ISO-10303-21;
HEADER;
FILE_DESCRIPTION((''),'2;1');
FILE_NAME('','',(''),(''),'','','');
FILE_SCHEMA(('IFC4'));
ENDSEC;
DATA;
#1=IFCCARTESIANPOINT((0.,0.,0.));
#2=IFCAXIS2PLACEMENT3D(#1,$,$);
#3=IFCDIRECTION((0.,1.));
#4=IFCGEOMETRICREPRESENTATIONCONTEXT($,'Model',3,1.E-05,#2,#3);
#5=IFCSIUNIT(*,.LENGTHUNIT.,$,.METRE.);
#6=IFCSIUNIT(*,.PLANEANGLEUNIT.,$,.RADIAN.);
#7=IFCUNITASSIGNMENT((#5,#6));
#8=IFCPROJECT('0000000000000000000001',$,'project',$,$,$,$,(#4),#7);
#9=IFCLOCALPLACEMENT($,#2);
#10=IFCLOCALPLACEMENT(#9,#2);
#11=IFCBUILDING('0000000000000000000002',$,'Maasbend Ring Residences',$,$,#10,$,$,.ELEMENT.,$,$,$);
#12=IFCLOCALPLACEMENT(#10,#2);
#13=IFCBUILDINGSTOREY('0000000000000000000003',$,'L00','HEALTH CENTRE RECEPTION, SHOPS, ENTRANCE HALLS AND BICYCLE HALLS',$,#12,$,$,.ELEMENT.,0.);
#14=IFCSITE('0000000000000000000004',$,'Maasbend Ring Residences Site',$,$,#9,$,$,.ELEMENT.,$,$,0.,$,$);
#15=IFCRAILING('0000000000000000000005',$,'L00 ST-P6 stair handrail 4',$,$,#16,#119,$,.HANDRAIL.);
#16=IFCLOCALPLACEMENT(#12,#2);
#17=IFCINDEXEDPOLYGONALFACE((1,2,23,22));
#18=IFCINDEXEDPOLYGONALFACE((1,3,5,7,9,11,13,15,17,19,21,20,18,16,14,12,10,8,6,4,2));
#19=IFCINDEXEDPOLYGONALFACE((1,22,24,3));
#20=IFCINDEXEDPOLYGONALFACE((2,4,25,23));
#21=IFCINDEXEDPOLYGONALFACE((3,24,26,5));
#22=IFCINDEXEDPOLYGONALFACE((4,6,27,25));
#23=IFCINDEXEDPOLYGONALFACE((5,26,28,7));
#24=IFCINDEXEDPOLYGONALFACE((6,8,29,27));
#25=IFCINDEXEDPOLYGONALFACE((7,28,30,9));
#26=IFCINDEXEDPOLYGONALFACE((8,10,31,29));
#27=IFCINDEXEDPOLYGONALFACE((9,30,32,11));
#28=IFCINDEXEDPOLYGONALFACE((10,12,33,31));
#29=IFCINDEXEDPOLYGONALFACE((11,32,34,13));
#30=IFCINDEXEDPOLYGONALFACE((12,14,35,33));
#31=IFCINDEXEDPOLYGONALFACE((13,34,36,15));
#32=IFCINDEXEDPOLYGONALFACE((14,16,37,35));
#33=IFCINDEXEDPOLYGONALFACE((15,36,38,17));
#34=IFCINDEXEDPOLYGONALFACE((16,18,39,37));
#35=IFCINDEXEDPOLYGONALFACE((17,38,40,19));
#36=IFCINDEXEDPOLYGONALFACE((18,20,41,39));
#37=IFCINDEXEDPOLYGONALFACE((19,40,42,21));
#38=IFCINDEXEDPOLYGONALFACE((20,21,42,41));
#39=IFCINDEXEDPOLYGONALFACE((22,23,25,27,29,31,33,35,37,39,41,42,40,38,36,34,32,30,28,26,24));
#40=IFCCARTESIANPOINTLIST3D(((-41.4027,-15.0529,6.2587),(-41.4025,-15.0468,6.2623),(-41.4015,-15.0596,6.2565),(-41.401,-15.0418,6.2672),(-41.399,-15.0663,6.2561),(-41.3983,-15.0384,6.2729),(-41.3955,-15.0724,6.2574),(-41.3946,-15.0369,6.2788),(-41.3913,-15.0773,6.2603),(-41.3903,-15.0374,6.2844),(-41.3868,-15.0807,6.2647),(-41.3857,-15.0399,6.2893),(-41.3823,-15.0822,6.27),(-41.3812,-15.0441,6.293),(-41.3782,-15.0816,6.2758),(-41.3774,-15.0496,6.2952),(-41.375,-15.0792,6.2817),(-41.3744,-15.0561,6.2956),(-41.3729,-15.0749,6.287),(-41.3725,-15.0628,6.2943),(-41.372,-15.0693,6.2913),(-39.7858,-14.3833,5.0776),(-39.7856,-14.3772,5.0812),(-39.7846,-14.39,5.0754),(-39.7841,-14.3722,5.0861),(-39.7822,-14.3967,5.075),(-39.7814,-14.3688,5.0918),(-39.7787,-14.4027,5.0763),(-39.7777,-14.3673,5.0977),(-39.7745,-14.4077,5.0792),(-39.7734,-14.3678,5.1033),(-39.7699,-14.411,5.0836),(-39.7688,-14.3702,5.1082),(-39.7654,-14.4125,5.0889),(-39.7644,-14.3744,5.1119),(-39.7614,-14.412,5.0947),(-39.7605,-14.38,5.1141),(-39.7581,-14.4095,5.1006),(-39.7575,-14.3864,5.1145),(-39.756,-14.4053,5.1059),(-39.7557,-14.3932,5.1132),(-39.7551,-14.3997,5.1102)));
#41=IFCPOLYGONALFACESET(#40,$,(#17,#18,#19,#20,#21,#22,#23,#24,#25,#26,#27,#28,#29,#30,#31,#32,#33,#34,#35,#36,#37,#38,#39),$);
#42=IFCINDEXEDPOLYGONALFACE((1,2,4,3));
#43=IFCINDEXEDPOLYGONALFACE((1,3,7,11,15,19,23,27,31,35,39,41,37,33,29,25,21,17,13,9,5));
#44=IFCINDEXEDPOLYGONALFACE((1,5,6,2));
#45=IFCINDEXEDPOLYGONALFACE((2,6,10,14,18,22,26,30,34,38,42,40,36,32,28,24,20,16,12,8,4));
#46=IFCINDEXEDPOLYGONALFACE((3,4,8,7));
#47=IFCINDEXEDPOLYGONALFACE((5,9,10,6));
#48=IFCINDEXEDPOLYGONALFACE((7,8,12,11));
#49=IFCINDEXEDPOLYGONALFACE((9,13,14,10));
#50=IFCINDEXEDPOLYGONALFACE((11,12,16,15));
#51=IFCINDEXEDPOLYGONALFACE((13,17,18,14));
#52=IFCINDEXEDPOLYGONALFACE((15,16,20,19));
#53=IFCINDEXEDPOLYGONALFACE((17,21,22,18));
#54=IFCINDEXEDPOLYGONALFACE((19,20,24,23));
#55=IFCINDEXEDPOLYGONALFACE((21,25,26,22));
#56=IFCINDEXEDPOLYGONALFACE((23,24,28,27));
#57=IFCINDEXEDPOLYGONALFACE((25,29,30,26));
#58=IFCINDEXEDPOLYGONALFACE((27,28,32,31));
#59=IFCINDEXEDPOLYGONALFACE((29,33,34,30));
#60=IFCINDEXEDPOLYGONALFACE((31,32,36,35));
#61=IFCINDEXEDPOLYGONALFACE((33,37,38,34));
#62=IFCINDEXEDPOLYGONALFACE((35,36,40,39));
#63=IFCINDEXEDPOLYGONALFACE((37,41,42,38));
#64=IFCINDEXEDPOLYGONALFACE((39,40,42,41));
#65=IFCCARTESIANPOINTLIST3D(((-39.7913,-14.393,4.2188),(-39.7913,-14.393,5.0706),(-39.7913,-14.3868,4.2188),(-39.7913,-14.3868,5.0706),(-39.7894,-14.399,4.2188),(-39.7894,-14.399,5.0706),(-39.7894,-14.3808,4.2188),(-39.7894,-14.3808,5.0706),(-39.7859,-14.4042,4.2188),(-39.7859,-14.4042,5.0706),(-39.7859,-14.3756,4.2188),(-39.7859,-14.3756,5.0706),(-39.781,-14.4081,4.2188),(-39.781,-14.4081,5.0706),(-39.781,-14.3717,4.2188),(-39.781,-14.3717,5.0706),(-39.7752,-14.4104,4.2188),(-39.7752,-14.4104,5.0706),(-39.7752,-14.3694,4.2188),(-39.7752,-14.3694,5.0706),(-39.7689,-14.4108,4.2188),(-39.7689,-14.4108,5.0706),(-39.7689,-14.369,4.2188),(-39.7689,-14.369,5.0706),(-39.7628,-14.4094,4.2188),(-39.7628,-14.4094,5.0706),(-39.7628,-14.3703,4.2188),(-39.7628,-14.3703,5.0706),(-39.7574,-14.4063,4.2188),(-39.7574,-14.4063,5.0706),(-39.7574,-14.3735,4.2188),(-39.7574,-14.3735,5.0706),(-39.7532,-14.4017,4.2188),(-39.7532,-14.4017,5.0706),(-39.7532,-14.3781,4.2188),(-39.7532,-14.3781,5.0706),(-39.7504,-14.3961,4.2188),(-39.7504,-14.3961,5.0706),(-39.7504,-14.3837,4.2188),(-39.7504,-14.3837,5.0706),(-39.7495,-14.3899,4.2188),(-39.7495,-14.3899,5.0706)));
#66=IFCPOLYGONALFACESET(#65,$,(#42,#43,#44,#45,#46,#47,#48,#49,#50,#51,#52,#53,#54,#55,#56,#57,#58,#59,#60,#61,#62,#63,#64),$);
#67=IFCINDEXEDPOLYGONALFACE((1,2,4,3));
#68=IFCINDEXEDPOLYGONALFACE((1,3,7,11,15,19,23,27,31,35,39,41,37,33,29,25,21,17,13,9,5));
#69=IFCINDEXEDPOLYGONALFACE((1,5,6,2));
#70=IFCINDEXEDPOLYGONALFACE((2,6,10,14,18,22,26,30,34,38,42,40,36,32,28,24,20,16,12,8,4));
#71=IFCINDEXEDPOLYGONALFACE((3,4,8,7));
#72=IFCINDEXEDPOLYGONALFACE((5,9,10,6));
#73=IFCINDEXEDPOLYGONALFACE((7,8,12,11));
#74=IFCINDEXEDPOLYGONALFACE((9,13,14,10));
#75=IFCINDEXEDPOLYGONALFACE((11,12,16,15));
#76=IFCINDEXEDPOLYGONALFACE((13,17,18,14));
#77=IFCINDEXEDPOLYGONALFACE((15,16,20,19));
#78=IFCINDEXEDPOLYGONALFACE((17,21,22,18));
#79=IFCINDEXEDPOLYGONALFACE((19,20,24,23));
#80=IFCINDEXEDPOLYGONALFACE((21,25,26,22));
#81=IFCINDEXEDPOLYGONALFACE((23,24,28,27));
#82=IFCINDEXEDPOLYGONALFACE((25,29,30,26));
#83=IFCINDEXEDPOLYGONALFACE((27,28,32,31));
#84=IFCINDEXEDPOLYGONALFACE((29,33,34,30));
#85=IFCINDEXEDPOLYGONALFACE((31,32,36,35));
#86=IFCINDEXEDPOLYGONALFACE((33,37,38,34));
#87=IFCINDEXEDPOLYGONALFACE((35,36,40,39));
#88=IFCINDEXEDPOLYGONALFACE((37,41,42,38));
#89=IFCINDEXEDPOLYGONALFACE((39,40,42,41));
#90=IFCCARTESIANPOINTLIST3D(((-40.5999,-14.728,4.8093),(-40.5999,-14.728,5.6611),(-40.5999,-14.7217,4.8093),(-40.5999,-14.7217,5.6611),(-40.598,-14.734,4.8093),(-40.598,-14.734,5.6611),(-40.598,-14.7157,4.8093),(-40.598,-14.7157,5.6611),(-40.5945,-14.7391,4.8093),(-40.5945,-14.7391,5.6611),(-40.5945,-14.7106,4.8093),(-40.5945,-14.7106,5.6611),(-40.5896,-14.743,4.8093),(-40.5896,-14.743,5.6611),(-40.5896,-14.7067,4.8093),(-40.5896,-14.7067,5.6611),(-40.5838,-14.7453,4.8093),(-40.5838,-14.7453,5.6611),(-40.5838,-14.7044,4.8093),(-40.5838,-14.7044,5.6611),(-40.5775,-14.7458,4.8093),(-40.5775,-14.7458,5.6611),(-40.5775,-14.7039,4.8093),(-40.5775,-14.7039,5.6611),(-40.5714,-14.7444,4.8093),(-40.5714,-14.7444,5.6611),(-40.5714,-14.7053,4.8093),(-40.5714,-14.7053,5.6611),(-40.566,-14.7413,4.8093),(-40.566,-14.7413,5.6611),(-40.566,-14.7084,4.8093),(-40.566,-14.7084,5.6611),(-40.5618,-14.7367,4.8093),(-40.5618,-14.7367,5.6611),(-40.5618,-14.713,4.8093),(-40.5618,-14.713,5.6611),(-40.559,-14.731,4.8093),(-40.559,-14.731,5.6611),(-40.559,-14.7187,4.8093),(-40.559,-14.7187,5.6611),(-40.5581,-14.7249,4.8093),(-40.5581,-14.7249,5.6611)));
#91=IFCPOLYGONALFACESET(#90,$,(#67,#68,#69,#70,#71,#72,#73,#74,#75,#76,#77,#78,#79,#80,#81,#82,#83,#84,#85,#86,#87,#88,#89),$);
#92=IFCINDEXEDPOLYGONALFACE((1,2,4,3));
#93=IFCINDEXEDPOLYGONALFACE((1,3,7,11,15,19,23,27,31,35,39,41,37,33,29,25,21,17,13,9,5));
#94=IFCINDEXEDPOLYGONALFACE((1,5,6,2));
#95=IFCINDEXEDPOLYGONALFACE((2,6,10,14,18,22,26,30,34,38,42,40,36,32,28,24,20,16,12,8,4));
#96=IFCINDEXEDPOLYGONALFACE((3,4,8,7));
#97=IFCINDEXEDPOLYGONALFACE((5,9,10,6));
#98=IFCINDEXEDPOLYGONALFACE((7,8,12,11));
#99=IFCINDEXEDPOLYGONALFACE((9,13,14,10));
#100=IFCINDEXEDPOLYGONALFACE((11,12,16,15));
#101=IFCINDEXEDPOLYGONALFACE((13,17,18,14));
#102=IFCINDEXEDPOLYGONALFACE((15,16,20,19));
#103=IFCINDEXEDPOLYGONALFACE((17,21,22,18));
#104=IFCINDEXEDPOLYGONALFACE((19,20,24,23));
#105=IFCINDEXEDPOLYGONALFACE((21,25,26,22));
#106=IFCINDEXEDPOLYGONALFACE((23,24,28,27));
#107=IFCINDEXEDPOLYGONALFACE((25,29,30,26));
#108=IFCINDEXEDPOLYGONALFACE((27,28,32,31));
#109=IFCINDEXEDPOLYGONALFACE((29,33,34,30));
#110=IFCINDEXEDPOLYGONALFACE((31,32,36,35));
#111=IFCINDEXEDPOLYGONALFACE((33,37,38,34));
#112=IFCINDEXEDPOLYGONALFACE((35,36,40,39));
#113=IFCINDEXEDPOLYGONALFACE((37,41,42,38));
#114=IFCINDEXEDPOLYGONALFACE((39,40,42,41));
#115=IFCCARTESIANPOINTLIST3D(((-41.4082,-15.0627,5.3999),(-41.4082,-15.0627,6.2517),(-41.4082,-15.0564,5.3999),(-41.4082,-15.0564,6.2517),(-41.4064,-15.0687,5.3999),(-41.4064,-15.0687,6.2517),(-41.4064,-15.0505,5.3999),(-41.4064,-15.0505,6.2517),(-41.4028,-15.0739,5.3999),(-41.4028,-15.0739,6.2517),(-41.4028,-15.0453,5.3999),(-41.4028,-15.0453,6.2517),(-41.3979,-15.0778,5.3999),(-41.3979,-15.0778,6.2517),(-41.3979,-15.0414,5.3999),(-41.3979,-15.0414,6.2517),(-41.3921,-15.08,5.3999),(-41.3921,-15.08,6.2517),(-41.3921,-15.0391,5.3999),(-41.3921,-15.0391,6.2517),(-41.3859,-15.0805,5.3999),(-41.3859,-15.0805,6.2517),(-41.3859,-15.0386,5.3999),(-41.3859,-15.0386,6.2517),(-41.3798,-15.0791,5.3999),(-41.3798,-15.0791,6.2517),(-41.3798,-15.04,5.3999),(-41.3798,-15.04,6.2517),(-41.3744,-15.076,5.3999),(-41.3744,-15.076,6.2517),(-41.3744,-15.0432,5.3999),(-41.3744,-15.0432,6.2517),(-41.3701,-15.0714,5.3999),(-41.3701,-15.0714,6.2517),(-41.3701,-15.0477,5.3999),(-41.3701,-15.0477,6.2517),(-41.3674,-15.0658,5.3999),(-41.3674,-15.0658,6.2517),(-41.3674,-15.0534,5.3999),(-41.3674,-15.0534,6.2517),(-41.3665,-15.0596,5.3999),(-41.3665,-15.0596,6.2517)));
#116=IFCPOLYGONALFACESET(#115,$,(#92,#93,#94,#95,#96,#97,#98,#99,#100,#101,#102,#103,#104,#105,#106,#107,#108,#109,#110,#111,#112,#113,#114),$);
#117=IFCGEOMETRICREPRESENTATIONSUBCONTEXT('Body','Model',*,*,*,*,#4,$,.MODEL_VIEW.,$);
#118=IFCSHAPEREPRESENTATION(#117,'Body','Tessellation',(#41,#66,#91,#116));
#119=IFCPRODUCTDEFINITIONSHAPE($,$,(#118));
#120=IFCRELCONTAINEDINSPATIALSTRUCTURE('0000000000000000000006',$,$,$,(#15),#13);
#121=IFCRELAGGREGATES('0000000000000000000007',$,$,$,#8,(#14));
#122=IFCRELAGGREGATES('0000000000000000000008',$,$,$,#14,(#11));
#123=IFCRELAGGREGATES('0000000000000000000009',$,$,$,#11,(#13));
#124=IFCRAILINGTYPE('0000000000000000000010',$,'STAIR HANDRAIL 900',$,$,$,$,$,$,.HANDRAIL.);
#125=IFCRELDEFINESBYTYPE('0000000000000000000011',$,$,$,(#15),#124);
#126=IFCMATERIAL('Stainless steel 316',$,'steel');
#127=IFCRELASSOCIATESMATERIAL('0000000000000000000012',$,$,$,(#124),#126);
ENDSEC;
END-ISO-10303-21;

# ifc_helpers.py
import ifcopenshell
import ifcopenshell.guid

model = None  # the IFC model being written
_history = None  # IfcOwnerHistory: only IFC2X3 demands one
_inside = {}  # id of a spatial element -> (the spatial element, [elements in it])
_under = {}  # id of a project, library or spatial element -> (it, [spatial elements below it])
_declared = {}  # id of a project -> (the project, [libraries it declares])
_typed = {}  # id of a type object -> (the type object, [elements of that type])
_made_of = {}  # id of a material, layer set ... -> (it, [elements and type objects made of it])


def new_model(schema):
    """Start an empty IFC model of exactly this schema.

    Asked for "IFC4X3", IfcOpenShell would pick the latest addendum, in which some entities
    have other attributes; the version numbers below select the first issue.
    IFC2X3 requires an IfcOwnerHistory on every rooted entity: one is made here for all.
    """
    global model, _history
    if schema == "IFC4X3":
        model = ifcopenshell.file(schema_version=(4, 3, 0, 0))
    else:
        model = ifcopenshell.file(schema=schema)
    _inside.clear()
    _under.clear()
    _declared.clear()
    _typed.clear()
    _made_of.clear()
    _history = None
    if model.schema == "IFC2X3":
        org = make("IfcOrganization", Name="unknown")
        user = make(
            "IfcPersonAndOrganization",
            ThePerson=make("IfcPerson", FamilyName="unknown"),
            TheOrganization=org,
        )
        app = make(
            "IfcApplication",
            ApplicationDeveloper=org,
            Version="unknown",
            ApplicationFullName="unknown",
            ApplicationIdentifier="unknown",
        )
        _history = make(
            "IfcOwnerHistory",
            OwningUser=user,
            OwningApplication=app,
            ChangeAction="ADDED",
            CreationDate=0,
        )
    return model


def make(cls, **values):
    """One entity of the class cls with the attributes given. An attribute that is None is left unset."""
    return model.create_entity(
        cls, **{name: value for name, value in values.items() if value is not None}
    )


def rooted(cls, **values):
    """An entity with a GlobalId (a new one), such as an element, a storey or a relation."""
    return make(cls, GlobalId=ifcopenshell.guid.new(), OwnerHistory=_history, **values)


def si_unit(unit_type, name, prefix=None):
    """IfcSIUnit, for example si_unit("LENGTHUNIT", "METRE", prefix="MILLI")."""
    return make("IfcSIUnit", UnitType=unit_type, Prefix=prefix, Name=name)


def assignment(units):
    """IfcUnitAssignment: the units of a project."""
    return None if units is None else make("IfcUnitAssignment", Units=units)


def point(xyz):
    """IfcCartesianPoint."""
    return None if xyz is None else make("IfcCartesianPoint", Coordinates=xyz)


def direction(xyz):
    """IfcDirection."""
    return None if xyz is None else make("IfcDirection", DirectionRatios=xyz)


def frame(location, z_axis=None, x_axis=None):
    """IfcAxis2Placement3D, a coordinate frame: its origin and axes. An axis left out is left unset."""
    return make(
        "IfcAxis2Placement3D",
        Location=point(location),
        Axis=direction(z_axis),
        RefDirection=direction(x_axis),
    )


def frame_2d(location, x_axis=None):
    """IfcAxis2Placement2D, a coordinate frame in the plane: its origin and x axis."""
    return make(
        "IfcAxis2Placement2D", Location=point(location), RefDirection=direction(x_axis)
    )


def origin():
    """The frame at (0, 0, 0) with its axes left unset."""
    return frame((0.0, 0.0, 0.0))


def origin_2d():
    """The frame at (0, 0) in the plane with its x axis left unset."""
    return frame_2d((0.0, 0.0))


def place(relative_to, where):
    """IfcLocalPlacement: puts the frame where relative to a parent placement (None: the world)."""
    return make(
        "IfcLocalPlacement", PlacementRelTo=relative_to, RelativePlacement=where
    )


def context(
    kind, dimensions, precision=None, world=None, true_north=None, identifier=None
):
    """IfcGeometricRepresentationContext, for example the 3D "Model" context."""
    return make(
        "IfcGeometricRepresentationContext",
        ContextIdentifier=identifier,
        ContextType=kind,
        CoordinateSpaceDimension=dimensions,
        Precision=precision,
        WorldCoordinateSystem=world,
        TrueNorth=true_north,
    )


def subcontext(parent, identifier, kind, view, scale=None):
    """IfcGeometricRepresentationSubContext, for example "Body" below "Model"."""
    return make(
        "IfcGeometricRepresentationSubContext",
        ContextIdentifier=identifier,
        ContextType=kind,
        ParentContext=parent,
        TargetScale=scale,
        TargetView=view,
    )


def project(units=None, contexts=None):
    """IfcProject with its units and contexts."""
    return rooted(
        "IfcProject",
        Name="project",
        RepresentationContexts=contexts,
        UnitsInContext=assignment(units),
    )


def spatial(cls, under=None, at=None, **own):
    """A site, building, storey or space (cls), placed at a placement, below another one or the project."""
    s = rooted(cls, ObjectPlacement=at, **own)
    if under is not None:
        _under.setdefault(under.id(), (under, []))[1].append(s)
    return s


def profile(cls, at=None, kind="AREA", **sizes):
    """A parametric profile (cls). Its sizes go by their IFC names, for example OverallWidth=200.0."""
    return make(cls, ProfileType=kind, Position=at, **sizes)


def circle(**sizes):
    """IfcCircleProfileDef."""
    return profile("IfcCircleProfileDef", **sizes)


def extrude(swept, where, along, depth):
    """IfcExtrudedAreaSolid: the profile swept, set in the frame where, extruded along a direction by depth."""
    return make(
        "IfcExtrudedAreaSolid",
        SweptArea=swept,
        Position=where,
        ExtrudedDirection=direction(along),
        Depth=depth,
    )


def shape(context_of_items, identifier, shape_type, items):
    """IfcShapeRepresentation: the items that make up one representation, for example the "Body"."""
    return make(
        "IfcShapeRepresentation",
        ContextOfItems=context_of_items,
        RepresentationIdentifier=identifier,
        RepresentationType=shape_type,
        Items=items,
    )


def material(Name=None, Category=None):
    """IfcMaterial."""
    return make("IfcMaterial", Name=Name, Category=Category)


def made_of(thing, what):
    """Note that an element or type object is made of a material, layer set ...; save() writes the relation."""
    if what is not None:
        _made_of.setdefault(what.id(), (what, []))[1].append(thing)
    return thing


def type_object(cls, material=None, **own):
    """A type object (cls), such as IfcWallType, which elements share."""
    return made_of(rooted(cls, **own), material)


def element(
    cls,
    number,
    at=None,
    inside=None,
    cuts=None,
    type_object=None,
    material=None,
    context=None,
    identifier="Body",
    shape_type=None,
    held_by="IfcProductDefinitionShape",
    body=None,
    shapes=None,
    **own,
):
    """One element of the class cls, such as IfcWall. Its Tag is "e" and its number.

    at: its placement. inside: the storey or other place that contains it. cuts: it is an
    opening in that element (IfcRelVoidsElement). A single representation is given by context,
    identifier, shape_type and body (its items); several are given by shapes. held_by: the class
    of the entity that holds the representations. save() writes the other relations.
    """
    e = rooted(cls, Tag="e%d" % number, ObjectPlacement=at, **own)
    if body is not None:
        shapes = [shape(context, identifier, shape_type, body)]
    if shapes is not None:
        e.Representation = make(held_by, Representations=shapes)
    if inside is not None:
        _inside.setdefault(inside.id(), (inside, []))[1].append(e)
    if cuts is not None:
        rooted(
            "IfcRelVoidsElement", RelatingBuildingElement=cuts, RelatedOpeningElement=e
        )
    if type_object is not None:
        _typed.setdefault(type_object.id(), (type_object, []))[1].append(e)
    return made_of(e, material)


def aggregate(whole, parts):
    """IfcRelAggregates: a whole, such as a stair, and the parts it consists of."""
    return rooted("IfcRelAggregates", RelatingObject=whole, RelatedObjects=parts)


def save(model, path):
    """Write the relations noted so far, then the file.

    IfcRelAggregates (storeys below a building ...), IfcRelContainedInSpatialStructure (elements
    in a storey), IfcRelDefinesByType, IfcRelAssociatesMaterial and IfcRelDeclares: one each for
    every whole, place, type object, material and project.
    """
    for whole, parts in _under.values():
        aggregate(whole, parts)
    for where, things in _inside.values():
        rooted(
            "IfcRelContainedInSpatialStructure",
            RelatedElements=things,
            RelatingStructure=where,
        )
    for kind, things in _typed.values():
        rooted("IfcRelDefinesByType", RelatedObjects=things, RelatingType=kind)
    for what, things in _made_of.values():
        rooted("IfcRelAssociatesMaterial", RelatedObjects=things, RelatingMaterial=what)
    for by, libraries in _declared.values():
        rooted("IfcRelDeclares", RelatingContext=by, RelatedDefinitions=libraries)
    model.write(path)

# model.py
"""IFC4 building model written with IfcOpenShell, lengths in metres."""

from ifc_helpers import new_model, si_unit, direction, frame, origin, origin_2d, place, context, subcontext, project, spatial, circle, extrude, material, type_object, element, save


model = new_model("IFC4")

# Units and contexts
model_context = context("Model", 3, precision=1e-05, world=origin(), true_north=direction((0.0, 1.0)))
body_context = subcontext(model_context, "Body", "Model", "MODEL_VIEW")
ifc_project = project(units=[si_unit("LENGTHUNIT", "METRE"), si_unit("PLANEANGLEUNIT", "RADIAN")], contexts=[model_context])

# Site, building, storey
site_placement = place(None, origin())
site = spatial("IfcSite", under=ifc_project, at=site_placement, Name="Maasbend Ring Residences Site", CompositionType="ELEMENT", RefElevation=0.0)
building_placement = place(site_placement, origin())
building = spatial("IfcBuilding", under=site, at=building_placement, Name="Maasbend Ring Residences", CompositionType="ELEMENT")
storey_placement = place(building_placement, origin())
storey = spatial("IfcBuildingStorey", under=building, at=storey_placement, Name="L00", Description="HEALTH CENTRE RECEPTION, SHOPS, ENTRANCE HALLS AND BICYCLE HALLS", CompositionType="ELEMENT", Elevation=0.0)

# Railing
ifc_material_1 = material(Name="Stainless steel 316", Category="steel")
railing_type = type_object("IfcRailingType", Name="STAIR HANDRAIL 900", PredefinedType="HANDRAIL", material=ifc_material_1)
for number, where, name in (
    (1, (-39.7705, -14.3899, 4.2188), "L00 ST-P6 stair handrail 4"),
):
    element("IfcRailing", number, at=place(storey_placement, frame(where)), inside=storey, type_object=railing_type, Name=name, PredefinedType="HANDRAIL", context=body_context, shape_type="SweptSolid", body=[
        extrude(circle(Radius=0.0239, at=origin_2d()), frame((0.0, 0.0, 0.876), z_axis=(-0.765808, -0.317169, 0.559411), x_axis=(0.382643, -0.923896, 0.0)), (0.0, 0.0, 1.0), 2.1113),
        extrude(circle(Radius=0.021, at=origin_2d()), origin(), (0.0, 0.0, 1.0), 0.8518),
        extrude(circle(Radius=0.021, at=origin_2d()), frame((-0.8086, -0.335, 0.5906)), (0.0, 0.0, 1.0), 0.8518),
        extrude(circle(Radius=0.021, at=origin_2d()), frame((-1.6169, -0.6697, 1.1812)), (0.0, 0.0, 1.0), 0.8518),
    ])

save(model, "model.ifc")
